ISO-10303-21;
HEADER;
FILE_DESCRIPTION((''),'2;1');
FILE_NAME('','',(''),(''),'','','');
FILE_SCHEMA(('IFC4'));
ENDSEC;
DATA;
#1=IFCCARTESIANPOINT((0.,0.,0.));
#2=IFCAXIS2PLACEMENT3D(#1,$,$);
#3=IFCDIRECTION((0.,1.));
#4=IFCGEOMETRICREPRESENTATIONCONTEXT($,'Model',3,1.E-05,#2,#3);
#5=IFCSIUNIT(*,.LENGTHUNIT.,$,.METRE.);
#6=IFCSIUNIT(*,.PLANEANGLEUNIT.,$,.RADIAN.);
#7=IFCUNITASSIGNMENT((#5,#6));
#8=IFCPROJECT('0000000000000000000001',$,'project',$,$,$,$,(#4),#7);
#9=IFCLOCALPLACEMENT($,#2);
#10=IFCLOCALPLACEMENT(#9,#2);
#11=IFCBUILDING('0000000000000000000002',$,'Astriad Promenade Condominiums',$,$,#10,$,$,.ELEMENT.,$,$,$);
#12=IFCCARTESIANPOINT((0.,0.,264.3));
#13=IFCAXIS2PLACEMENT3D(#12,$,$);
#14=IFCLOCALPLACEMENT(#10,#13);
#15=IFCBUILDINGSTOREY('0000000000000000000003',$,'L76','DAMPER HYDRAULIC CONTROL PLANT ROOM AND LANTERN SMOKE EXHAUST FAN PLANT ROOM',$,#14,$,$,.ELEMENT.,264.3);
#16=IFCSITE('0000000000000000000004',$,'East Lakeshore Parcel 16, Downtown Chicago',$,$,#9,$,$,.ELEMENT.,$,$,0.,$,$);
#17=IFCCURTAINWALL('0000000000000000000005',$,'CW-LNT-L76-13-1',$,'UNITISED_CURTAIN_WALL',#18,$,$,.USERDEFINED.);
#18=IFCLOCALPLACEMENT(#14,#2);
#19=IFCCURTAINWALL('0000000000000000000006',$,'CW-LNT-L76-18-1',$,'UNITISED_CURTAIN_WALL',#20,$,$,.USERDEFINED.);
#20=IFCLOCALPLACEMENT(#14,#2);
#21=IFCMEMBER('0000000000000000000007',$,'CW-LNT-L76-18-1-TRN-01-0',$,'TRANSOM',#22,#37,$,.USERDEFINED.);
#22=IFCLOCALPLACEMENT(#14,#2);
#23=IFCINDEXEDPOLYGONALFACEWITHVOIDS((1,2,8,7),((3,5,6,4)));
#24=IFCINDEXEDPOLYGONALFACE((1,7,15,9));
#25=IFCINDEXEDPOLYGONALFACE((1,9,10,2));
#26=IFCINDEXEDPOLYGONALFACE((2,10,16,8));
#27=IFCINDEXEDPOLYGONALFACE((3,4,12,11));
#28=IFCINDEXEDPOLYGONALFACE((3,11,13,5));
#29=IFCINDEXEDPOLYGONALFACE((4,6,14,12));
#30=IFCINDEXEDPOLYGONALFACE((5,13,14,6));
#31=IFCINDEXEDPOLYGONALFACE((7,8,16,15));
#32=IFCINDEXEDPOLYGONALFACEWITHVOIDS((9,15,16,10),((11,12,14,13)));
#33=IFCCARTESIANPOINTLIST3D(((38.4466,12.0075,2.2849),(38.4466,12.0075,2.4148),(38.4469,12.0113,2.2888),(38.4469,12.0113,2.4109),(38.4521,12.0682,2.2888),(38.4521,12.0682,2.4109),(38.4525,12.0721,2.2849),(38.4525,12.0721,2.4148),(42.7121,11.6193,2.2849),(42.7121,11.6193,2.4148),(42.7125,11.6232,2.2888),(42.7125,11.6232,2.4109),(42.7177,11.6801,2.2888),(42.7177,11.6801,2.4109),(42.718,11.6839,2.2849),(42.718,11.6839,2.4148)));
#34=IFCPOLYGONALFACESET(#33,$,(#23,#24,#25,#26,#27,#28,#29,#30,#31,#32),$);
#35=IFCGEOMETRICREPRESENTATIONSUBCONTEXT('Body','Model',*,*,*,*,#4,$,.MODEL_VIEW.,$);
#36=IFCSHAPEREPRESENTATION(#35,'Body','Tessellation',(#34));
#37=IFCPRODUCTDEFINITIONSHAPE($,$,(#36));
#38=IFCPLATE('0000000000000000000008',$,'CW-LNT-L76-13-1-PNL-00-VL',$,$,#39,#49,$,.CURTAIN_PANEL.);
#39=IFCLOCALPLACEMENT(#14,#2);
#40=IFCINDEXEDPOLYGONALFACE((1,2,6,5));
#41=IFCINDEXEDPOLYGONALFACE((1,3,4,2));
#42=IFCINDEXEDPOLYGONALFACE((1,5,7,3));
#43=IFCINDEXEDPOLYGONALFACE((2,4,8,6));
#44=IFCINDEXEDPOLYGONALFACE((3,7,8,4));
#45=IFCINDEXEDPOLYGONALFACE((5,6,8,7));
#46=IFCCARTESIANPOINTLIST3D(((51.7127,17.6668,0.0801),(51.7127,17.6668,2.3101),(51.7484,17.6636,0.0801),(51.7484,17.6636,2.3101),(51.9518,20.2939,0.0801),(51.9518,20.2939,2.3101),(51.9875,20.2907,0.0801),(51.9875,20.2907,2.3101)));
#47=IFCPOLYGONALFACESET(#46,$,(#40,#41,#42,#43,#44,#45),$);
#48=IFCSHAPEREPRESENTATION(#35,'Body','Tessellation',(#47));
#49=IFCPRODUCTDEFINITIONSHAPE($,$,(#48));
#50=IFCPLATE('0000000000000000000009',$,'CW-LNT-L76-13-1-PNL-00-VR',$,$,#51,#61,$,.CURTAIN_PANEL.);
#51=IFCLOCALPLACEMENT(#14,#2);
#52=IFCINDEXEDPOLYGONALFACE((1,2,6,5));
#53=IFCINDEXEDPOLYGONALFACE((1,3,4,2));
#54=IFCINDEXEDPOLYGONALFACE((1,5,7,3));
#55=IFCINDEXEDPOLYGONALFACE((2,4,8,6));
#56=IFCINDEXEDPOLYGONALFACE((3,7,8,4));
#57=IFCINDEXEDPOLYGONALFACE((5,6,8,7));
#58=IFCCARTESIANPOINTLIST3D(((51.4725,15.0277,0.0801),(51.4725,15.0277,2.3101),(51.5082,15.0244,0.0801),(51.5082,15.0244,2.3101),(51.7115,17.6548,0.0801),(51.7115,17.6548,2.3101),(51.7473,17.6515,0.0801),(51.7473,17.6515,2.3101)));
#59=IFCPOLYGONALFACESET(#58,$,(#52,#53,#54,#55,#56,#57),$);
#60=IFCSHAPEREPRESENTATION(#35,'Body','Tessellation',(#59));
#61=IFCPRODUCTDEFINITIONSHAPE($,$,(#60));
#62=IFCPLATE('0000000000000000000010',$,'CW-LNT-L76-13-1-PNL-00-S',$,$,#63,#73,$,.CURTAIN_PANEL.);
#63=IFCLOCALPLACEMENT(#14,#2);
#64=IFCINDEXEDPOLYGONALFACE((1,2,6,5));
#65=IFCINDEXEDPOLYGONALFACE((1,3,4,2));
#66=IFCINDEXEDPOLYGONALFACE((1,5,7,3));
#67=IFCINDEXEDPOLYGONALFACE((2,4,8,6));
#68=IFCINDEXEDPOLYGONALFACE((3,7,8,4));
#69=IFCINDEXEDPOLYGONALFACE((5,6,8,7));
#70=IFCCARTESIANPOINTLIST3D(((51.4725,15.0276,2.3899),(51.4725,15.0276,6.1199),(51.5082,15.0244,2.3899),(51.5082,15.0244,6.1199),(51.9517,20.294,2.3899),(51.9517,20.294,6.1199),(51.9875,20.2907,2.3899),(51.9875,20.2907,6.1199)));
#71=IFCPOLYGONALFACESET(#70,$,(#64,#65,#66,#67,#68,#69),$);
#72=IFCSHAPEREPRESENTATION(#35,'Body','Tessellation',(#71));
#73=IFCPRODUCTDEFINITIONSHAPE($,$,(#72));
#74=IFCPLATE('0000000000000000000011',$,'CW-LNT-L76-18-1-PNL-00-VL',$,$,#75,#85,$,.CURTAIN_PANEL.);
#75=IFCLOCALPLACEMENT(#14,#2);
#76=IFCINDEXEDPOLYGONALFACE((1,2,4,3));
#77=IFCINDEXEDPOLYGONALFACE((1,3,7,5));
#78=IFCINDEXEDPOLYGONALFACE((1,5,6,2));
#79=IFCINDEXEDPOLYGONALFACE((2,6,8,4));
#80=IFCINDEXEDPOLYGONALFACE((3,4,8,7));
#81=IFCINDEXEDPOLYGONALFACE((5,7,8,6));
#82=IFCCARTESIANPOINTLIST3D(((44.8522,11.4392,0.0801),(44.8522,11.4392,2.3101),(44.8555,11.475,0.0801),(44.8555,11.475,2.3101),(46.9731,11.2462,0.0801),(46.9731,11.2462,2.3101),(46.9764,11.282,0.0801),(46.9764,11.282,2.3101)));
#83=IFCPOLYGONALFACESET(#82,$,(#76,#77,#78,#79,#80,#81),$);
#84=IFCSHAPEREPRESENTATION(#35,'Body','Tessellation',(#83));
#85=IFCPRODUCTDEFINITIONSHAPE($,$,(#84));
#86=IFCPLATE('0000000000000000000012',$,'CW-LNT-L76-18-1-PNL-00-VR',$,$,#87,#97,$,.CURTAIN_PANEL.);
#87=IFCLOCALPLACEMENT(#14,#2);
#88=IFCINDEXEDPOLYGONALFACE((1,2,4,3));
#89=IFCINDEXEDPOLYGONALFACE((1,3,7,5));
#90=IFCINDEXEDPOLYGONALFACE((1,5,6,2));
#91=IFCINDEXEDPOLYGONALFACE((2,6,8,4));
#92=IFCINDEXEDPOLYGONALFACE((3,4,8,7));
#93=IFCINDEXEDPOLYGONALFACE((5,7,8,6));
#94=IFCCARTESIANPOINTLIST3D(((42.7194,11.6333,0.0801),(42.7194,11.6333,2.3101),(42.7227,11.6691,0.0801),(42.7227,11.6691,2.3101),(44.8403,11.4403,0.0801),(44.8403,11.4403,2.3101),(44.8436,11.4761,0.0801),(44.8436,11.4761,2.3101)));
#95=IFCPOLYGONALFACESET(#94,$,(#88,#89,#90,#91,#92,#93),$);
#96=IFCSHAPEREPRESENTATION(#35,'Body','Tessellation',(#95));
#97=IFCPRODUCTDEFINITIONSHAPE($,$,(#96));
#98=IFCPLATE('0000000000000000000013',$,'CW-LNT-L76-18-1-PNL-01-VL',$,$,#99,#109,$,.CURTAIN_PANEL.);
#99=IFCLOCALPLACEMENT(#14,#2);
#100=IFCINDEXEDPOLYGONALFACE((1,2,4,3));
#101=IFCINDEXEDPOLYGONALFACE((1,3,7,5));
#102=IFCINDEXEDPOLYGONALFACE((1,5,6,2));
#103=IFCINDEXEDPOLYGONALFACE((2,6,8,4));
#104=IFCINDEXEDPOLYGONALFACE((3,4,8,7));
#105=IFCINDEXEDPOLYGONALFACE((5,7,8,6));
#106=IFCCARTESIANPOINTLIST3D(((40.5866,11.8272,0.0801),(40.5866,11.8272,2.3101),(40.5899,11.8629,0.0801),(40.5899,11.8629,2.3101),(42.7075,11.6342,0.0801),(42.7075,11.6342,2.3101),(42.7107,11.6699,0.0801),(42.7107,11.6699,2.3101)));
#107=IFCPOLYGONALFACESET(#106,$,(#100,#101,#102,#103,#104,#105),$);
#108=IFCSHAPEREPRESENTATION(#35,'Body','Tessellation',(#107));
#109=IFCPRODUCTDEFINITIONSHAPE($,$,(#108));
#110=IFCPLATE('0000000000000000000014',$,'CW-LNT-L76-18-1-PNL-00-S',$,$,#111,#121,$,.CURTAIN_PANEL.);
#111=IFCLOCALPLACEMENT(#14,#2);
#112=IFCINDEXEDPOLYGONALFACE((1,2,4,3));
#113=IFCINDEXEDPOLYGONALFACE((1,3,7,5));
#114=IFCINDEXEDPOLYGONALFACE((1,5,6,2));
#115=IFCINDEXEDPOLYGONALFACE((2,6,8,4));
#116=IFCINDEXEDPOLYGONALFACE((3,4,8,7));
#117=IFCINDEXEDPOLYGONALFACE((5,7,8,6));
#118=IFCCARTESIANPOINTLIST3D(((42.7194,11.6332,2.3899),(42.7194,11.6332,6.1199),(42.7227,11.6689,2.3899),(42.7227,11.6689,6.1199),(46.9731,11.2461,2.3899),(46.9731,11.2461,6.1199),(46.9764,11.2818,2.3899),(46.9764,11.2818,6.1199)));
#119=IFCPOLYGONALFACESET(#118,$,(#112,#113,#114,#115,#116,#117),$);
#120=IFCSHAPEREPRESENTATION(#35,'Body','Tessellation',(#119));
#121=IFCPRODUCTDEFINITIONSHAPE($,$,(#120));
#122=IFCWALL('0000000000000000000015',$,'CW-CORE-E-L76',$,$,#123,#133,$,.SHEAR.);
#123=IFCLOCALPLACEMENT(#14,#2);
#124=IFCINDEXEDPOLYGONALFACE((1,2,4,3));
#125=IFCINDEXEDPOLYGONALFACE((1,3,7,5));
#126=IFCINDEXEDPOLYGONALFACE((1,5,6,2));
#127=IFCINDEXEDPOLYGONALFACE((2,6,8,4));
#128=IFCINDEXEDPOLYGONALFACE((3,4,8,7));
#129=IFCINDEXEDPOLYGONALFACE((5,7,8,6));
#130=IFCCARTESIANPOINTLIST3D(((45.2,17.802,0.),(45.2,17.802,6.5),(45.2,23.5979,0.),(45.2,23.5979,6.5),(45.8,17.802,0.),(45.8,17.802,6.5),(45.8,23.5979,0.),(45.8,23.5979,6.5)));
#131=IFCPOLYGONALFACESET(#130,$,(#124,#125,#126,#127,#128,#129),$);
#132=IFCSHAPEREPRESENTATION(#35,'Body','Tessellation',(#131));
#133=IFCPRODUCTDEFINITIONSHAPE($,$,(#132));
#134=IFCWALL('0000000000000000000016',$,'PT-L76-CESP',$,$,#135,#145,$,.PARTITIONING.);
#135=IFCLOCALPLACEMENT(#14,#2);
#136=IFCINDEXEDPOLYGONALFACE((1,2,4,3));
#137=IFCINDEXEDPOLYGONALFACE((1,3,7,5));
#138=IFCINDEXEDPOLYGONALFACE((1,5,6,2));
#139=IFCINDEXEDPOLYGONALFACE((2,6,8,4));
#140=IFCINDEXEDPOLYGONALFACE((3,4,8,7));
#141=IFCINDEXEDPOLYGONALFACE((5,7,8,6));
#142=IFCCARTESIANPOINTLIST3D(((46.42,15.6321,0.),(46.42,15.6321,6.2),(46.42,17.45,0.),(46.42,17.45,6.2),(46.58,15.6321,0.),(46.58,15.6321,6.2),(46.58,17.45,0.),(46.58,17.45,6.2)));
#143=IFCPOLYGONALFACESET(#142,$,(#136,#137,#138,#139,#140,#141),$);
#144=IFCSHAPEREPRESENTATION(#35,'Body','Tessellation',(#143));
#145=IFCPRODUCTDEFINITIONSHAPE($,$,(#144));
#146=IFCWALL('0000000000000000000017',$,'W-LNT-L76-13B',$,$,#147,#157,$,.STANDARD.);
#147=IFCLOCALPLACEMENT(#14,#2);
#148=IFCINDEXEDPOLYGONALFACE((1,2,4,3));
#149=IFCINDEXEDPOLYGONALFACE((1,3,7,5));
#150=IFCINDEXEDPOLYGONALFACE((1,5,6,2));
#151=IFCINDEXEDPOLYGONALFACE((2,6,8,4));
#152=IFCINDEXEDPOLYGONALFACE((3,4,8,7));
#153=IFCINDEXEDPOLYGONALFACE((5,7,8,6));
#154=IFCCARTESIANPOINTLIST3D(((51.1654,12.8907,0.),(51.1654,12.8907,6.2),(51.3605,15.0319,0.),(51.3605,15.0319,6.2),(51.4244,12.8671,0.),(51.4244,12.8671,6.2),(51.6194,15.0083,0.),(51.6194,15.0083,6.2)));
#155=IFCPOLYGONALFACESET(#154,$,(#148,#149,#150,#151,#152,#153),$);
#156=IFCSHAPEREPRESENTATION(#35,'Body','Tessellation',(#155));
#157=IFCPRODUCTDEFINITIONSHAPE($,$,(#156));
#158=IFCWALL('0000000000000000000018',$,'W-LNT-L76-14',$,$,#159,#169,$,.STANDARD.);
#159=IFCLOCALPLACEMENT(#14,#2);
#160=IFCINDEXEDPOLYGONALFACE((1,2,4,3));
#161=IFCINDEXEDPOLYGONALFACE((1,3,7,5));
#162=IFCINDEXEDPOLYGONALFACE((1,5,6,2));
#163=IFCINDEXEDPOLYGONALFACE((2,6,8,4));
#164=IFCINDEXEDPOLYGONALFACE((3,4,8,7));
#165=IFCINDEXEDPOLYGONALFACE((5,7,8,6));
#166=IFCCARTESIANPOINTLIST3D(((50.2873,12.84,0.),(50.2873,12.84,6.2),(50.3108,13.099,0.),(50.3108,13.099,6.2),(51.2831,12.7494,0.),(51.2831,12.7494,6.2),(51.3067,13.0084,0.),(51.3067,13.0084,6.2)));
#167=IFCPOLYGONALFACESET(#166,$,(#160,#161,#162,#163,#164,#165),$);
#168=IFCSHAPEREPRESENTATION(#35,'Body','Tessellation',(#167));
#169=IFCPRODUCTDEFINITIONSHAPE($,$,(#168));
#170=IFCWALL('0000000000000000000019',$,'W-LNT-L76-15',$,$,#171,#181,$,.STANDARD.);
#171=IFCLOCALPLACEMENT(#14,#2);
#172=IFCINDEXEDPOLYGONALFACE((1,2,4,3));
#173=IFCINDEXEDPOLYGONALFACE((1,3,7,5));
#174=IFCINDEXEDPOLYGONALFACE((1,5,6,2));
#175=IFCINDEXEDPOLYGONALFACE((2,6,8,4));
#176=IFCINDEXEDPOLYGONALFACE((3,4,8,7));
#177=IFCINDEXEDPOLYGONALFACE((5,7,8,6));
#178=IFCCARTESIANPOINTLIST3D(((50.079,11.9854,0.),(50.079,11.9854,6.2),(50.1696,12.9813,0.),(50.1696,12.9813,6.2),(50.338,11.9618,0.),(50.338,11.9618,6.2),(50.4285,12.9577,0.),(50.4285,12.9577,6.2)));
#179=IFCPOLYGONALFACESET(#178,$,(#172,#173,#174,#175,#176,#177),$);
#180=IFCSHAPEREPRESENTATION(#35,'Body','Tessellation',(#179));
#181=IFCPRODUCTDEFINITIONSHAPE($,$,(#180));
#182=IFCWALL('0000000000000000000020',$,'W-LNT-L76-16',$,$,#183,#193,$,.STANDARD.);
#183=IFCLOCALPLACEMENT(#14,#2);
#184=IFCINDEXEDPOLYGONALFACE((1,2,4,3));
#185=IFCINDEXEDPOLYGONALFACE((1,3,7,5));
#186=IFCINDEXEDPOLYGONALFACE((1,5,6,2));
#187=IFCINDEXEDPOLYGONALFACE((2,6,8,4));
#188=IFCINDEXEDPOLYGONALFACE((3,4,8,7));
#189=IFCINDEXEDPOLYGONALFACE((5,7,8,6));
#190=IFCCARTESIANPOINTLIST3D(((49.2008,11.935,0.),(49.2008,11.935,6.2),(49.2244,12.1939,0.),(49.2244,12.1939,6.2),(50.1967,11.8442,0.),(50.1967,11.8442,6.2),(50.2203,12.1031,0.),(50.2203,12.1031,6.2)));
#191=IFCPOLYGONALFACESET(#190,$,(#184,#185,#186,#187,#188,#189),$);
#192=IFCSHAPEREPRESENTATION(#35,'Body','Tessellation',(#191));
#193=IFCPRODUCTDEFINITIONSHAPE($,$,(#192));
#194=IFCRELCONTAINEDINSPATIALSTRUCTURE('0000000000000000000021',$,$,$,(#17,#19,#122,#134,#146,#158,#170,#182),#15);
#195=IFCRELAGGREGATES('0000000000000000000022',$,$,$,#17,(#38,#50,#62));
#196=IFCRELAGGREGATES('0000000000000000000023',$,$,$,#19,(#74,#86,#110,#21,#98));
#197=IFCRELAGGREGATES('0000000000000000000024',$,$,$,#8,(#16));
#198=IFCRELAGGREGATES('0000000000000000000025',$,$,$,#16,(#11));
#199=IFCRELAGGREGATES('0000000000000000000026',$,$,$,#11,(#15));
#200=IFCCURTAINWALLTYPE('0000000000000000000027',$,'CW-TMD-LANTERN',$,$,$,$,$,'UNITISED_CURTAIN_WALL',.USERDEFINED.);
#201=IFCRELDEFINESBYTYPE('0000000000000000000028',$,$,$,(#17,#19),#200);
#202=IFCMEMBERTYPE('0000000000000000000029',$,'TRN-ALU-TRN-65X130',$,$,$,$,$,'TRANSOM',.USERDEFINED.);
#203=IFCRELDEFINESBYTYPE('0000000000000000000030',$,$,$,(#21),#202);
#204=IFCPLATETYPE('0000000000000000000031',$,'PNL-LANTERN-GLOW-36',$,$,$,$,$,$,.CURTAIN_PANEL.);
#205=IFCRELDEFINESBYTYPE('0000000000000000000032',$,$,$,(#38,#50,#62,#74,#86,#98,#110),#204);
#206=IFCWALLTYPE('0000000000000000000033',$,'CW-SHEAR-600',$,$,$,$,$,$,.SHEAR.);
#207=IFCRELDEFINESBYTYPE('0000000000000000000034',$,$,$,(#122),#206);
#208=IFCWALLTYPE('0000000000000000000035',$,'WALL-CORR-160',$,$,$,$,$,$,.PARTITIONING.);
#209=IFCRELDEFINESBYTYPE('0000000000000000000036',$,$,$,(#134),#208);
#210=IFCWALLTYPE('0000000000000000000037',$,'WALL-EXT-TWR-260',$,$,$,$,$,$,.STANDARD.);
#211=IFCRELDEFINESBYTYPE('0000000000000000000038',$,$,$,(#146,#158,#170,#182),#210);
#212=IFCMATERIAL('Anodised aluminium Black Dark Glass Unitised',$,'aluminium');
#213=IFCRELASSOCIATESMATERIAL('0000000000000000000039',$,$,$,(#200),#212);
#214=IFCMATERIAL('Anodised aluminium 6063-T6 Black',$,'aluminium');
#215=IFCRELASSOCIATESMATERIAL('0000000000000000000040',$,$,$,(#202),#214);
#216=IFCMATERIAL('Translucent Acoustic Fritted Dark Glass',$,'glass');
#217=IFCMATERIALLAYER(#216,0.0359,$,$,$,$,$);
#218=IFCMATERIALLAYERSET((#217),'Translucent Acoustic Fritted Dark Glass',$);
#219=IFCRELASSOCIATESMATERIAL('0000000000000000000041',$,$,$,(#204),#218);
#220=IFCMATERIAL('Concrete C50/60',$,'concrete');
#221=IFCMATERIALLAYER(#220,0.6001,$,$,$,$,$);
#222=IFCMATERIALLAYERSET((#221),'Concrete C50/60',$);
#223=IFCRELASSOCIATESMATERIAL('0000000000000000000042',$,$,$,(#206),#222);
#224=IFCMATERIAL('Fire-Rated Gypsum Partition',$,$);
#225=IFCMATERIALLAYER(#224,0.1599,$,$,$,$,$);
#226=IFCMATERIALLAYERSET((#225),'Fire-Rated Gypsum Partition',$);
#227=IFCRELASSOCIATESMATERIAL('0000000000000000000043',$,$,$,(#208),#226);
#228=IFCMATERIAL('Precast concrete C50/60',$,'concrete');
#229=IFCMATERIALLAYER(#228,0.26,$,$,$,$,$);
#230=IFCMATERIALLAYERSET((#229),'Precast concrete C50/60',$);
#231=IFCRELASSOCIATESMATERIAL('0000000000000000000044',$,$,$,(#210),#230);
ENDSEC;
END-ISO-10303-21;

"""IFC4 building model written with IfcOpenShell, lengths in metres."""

from ifc_helpers import new_model, si_unit, direction, frame, frame_2d, origin, origin_2d, place, context, subcontext, project, spatial, rectangle, hollow_rectangle, extrude, source, transform, mapped, material, layer, layer_set, material_profile, profile_set, type_object, type_shapes, element, aggregate, save


model = new_model("IFC4")

# Units and contexts
model_context = context("Model", 3, precision=1e-05, world=origin(), true_north=direction((0.0, 1.0)))
body_context = subcontext(model_context, "Body", "Model", "MODEL_VIEW")
ifc_project = project(units=[si_unit("LENGTHUNIT", "METRE"), si_unit("PLANEANGLEUNIT", "RADIAN")], contexts=[model_context])

# Site, building, storey
site_placement = place(None, origin())
site = spatial("IfcSite", under=ifc_project, at=site_placement, Name="East Lakeshore Parcel 16, Downtown Chicago", CompositionType="ELEMENT", RefElevation=0.0)
building_placement = place(site_placement, origin())
building = spatial("IfcBuilding", under=site, at=building_placement, Name="Astriad Promenade Condominiums", CompositionType="ELEMENT")
storey_placement = place(building_placement, frame((0.0, 0.0, 264.3)))
storey = spatial("IfcBuildingStorey", under=building, at=storey_placement, Name="L76", Description="DAMPER HYDRAULIC CONTROL PLANT ROOM AND LANTERN SMOKE EXHAUST FAN PLANT ROOM", CompositionType="ELEMENT", Elevation=264.3)

# Curtain walls, member
ifc_material_1 = material(Name="Anodised aluminium Black Dark Glass Unitised", Category="aluminium")
curtain_wall_type = type_object("IfcCurtainWallType", Name="CW-TMD-LANTERN", ElementType="UNITISED_CURTAIN_WALL", PredefinedType="USERDEFINED", material=ifc_material_1)
curtain_wall_1_placement = place(storey_placement, origin())
curtain_wall_1 = element("IfcCurtainWall", 1, at=curtain_wall_1_placement, inside=storey, type_object=curtain_wall_type, Name="CW-LNT-L76-13-1", ObjectType="UNITISED_CURTAIN_WALL", PredefinedType="USERDEFINED")
ifc_material_2 = material(Name="Anodised aluminium 6063-T6 Black", Category="aluminium")
curtain_wall_2_placement = place(storey_placement, origin())
curtain_wall_2 = element("IfcCurtainWall", 2, at=curtain_wall_2_placement, inside=storey, type_object=curtain_wall_type, Name="CW-LNT-L76-18-1", ObjectType="UNITISED_CURTAIN_WALL", PredefinedType="USERDEFINED")
ifc_material_profile_1 = material_profile(ifc_material_2, hollow_rectangle(XDim=0.0649, YDim=0.1299, WallThickness=0.0039, at=origin_2d()), Name="ALU-TRN-65X130")
ifc_profile_set_1 = profile_set([ifc_material_profile_1], Name="Anodised aluminium 6063-T6 Black")
member_type_1 = type_object("IfcMemberType", Name="TRN-ALU-TRN-65X130", ElementType="TRANSOM", PredefinedType="USERDEFINED", material=ifc_profile_set_1)
shared_shape_1 = source(origin(), body_context, "Body", "SweptSolid", [
    extrude(hollow_rectangle(XDim=0.0649, YDim=0.1299, WallThickness=0.0039, at=origin_2d()), origin(), (0.0, 0.0, 1.0), 4.2832),
])
type_shapes(member_type_1, [shared_shape_1])
member_1_placement = place(storey_placement, frame((42.7151, 11.6516, 2.3499), z_axis=(-0.995885, 0.090628, 0.0), x_axis=(-0.090628, -0.995885, 0.0)))
member_1 = element("IfcMember", 3, at=member_1_placement, type_object=member_type_1, Name="CW-LNT-L76-18-1-TRN-01-0", ObjectType="TRANSOM", PredefinedType="USERDEFINED", context=body_context, shape_type="MappedRepresentation", body=[
    mapped(shared_shape_1, transform((0.0, 0.0, 0.0), scale=1.0)),
])

# Plates
ifc_material_3 = material(Name="Translucent Acoustic Fritted Dark Glass", Category="glass")
ifc_layer_1 = layer(ifc_material_3, 0.0359)
ifc_layer_set_1 = layer_set([ifc_layer_1], Name="Translucent Acoustic Fritted Dark Glass")
plate_type = type_object("IfcPlateType", Name="PNL-LANTERN-GLOW-36", PredefinedType="CURTAIN_PANEL", material=ifc_layer_set_1)
shared_shape_2 = source(origin(), body_context, "Body", "SweptSolid", [
    extrude(rectangle(XDim=2.6379, YDim=0.0359, at=origin_2d()), origin(), (0.0, 0.0, 1.0), 2.23),
])
plate_1_placement = place(storey_placement, frame((51.8501, 18.9788, 0.0801), z_axis=(0.0, 0.0, 1.0), x_axis=(-0.090633, -0.995884, 0.0)))
plate_1 = element("IfcPlate", 4, at=plate_1_placement, type_object=plate_type, Name="CW-LNT-L76-13-1-PNL-00-VL", PredefinedType="CURTAIN_PANEL", context=body_context, shape_type="MappedRepresentation", body=[
    mapped(shared_shape_2, transform((0.0, 0.0, 0.0), scale=1.0)),
])
plate_2_placement = place(storey_placement, frame((51.6099, 16.3396, 0.0801), z_axis=(0.0, 0.0, 1.0), x_axis=(-0.090633, -0.995884, 0.0)))
plate_2 = element("IfcPlate", 5, at=plate_2_placement, type_object=plate_type, Name="CW-LNT-L76-13-1-PNL-00-VR", PredefinedType="CURTAIN_PANEL", context=body_context, shape_type="MappedRepresentation", body=[
    mapped(shared_shape_2, transform((0.0, 0.0, 0.0), scale=1.0)),
])
shared_shape_3 = source(origin(), body_context, "Body", "SweptSolid", [
    extrude(rectangle(XDim=5.2881, YDim=0.0359, at=origin_2d()), origin(), (0.0, 0.0, 1.0), 3.73),
])
plate_3_placement = place(storey_placement, frame((51.73, 17.6592, 2.3899), z_axis=(0.0, 0.0, 1.0), x_axis=(-0.090633, -0.995884, 0.0)))
plate_3 = element("IfcPlate", 6, at=plate_3_placement, type_object=plate_type, Name="CW-LNT-L76-13-1-PNL-00-S", PredefinedType="CURTAIN_PANEL", context=body_context, shape_type="MappedRepresentation", body=[
    mapped(shared_shape_3, transform((0.0, 0.0, 0.0), scale=1.0)),
])
aggregate(curtain_wall_1, [plate_1, plate_2, plate_3])
shared_shape_4 = source(origin(), body_context, "Body", "SweptSolid", [
    extrude(rectangle(XDim=2.1296, YDim=0.0359, at=origin_2d()), origin(), (0.0, 0.0, 1.0), 2.23),
])
plate_4_placement = place(storey_placement, frame((45.9143, 11.3606, 0.0801), z_axis=(0.0, 0.0, 1.0), x_axis=(-0.995884, 0.090633, 0.0)))
plate_4 = element("IfcPlate", 7, at=plate_4_placement, type_object=plate_type, Name="CW-LNT-L76-18-1-PNL-00-VL", PredefinedType="CURTAIN_PANEL", context=body_context, shape_type="MappedRepresentation", body=[
    mapped(shared_shape_4, transform((0.0, 0.0, 0.0), scale=1.0)),
])
plate_5_placement = place(storey_placement, frame((43.7815, 11.5547, 0.0801), z_axis=(0.0, 0.0, 1.0), x_axis=(-0.995884, 0.090633, 0.0)))
plate_5 = element("IfcPlate", 8, at=plate_5_placement, type_object=plate_type, Name="CW-LNT-L76-18-1-PNL-00-VR", PredefinedType="CURTAIN_PANEL", context=body_context, shape_type="MappedRepresentation", body=[
    mapped(shared_shape_4, transform((0.0, 0.0, 0.0), scale=1.0)),
])
plate_6_placement = place(storey_placement, frame((41.6487, 11.7485, 0.0801), z_axis=(0.0, 0.0, 1.0), x_axis=(-0.995884, 0.090633, 0.0)))
plate_6 = element("IfcPlate", 9, at=plate_6_placement, type_object=plate_type, Name="CW-LNT-L76-18-1-PNL-01-VL", PredefinedType="CURTAIN_PANEL", context=body_context, shape_type="MappedRepresentation", body=[
    mapped(shared_shape_4, transform((0.0, 0.0, 0.0), scale=1.0)),
])
shared_shape_5 = source(origin(), body_context, "Body", "SweptSolid", [
    extrude(rectangle(XDim=4.2712, YDim=0.0359, at=origin_2d()), origin(), (0.0, 0.0, 1.0), 3.73),
])
type_shapes(plate_type, [shared_shape_2, shared_shape_3, shared_shape_4, shared_shape_5])
plate_7_placement = place(storey_placement, frame((44.8479, 11.4575, 2.3899), z_axis=(0.0, 0.0, 1.0), x_axis=(-0.995884, 0.090633, 0.0)))
plate_7 = element("IfcPlate", 10, at=plate_7_placement, type_object=plate_type, Name="CW-LNT-L76-18-1-PNL-00-S", PredefinedType="CURTAIN_PANEL", context=body_context, shape_type="MappedRepresentation", body=[
    mapped(shared_shape_5, transform((0.0, 0.0, 0.0), scale=1.0)),
])
aggregate(curtain_wall_2, [plate_4, plate_5, plate_7, member_1, plate_6])

# Walls
ifc_material_4 = material(Name="Concrete C50/60", Category="concrete")
ifc_layer_2 = layer(ifc_material_4, 0.6001)
ifc_layer_set_2 = layer_set([ifc_layer_2], Name="Concrete C50/60")
wall_type_1 = type_object("IfcWallType", Name="CW-SHEAR-600", PredefinedType="SHEAR", material=ifc_layer_set_2)
wall_1_placement = place(storey_placement, frame((45.5, 17.802, 0.0), z_axis=(0.0, 0.0, 1.0), x_axis=(0.0, 1.0, 0.0)))
element("IfcWall", 11, at=wall_1_placement, inside=storey, type_object=wall_type_1, Name="CW-CORE-E-L76", PredefinedType="SHEAR", context=body_context, shape_type="SweptSolid", body=[
    extrude(rectangle(XDim=5.7959, YDim=0.6001, at=frame_2d((2.8979, 0.0))), origin(), (0.0, 0.0, 1.0), 6.5),
])
ifc_material_5 = material(Name="Fire-Rated Gypsum Partition")
ifc_layer_3 = layer(ifc_material_5, 0.1599)
ifc_layer_set_3 = layer_set([ifc_layer_3], Name="Fire-Rated Gypsum Partition")
wall_type_2 = type_object("IfcWallType", Name="WALL-CORR-160", PredefinedType="PARTITIONING", material=ifc_layer_set_3)
wall_2_placement = place(storey_placement, frame((46.5, 15.6321, 0.0), z_axis=(0.0, 0.0, 1.0), x_axis=(0.0, 1.0, 0.0)))
element("IfcWall", 12, at=wall_2_placement, inside=storey, type_object=wall_type_2, Name="PT-L76-CESP", PredefinedType="PARTITIONING", context=body_context, shape_type="SweptSolid", body=[
    extrude(rectangle(XDim=1.8179, YDim=0.1599, at=frame_2d((0.9089, 0.0))), origin(), (0.0, 0.0, 1.0), 6.2),
])
ifc_material_6 = material(Name="Precast concrete C50/60", Category="concrete")
ifc_layer_4 = layer(ifc_material_6, 0.26)
ifc_layer_set_4 = layer_set([ifc_layer_4], Name="Precast concrete C50/60")
wall_type_3 = type_object("IfcWallType", Name="WALL-EXT-TWR-260", PredefinedType="STANDARD", material=ifc_layer_set_4)
wall_3_placement = place(storey_placement, frame((51.49, 15.0203, 0.0), z_axis=(0.0, 0.0, 1.0), x_axis=(-0.09072, -0.995876, 0.0)))
element("IfcWall", 13, at=wall_3_placement, inside=storey, type_object=wall_type_3, Name="W-LNT-L76-13B", PredefinedType="STANDARD", context=body_context, shape_type="SweptSolid", body=[
    extrude(rectangle(XDim=2.1501, YDim=0.26, at=frame_2d((1.0752, 0.0))), origin(), (0.0, 0.0, 1.0), 6.2),
])
for number, where, z_axis, x_axis, name in (
    (14, (51.2949, 12.8789, 0.0), (0.0, 0.0, 1.0), (-0.995889, 0.09058, 0.0), "W-LNT-L76-14"),
    (15, (50.2991, 12.9695, 0.0), (0.0, 0.0, 1.0), (-0.09058, -0.995889, 0.0), "W-LNT-L76-15"),
    (16, (50.2085, 11.9736, 0.0), (0.0, 0.0, 1.0), (-0.995867, 0.090822, 0.0), "W-LNT-L76-16"),
):
    element("IfcWall", number, at=place(storey_placement, frame(where, z_axis=z_axis, x_axis=x_axis)), inside=storey, type_object=wall_type_3, Name=name, PredefinedType="STANDARD", context=body_context, shape_type="SweptSolid", body=[
        extrude(rectangle(XDim=1.0, YDim=0.26, at=frame_2d((0.5, 0.0))), origin(), (0.0, 0.0, 1.0), 6.2),
    ])

save(model, "model.ifc")
